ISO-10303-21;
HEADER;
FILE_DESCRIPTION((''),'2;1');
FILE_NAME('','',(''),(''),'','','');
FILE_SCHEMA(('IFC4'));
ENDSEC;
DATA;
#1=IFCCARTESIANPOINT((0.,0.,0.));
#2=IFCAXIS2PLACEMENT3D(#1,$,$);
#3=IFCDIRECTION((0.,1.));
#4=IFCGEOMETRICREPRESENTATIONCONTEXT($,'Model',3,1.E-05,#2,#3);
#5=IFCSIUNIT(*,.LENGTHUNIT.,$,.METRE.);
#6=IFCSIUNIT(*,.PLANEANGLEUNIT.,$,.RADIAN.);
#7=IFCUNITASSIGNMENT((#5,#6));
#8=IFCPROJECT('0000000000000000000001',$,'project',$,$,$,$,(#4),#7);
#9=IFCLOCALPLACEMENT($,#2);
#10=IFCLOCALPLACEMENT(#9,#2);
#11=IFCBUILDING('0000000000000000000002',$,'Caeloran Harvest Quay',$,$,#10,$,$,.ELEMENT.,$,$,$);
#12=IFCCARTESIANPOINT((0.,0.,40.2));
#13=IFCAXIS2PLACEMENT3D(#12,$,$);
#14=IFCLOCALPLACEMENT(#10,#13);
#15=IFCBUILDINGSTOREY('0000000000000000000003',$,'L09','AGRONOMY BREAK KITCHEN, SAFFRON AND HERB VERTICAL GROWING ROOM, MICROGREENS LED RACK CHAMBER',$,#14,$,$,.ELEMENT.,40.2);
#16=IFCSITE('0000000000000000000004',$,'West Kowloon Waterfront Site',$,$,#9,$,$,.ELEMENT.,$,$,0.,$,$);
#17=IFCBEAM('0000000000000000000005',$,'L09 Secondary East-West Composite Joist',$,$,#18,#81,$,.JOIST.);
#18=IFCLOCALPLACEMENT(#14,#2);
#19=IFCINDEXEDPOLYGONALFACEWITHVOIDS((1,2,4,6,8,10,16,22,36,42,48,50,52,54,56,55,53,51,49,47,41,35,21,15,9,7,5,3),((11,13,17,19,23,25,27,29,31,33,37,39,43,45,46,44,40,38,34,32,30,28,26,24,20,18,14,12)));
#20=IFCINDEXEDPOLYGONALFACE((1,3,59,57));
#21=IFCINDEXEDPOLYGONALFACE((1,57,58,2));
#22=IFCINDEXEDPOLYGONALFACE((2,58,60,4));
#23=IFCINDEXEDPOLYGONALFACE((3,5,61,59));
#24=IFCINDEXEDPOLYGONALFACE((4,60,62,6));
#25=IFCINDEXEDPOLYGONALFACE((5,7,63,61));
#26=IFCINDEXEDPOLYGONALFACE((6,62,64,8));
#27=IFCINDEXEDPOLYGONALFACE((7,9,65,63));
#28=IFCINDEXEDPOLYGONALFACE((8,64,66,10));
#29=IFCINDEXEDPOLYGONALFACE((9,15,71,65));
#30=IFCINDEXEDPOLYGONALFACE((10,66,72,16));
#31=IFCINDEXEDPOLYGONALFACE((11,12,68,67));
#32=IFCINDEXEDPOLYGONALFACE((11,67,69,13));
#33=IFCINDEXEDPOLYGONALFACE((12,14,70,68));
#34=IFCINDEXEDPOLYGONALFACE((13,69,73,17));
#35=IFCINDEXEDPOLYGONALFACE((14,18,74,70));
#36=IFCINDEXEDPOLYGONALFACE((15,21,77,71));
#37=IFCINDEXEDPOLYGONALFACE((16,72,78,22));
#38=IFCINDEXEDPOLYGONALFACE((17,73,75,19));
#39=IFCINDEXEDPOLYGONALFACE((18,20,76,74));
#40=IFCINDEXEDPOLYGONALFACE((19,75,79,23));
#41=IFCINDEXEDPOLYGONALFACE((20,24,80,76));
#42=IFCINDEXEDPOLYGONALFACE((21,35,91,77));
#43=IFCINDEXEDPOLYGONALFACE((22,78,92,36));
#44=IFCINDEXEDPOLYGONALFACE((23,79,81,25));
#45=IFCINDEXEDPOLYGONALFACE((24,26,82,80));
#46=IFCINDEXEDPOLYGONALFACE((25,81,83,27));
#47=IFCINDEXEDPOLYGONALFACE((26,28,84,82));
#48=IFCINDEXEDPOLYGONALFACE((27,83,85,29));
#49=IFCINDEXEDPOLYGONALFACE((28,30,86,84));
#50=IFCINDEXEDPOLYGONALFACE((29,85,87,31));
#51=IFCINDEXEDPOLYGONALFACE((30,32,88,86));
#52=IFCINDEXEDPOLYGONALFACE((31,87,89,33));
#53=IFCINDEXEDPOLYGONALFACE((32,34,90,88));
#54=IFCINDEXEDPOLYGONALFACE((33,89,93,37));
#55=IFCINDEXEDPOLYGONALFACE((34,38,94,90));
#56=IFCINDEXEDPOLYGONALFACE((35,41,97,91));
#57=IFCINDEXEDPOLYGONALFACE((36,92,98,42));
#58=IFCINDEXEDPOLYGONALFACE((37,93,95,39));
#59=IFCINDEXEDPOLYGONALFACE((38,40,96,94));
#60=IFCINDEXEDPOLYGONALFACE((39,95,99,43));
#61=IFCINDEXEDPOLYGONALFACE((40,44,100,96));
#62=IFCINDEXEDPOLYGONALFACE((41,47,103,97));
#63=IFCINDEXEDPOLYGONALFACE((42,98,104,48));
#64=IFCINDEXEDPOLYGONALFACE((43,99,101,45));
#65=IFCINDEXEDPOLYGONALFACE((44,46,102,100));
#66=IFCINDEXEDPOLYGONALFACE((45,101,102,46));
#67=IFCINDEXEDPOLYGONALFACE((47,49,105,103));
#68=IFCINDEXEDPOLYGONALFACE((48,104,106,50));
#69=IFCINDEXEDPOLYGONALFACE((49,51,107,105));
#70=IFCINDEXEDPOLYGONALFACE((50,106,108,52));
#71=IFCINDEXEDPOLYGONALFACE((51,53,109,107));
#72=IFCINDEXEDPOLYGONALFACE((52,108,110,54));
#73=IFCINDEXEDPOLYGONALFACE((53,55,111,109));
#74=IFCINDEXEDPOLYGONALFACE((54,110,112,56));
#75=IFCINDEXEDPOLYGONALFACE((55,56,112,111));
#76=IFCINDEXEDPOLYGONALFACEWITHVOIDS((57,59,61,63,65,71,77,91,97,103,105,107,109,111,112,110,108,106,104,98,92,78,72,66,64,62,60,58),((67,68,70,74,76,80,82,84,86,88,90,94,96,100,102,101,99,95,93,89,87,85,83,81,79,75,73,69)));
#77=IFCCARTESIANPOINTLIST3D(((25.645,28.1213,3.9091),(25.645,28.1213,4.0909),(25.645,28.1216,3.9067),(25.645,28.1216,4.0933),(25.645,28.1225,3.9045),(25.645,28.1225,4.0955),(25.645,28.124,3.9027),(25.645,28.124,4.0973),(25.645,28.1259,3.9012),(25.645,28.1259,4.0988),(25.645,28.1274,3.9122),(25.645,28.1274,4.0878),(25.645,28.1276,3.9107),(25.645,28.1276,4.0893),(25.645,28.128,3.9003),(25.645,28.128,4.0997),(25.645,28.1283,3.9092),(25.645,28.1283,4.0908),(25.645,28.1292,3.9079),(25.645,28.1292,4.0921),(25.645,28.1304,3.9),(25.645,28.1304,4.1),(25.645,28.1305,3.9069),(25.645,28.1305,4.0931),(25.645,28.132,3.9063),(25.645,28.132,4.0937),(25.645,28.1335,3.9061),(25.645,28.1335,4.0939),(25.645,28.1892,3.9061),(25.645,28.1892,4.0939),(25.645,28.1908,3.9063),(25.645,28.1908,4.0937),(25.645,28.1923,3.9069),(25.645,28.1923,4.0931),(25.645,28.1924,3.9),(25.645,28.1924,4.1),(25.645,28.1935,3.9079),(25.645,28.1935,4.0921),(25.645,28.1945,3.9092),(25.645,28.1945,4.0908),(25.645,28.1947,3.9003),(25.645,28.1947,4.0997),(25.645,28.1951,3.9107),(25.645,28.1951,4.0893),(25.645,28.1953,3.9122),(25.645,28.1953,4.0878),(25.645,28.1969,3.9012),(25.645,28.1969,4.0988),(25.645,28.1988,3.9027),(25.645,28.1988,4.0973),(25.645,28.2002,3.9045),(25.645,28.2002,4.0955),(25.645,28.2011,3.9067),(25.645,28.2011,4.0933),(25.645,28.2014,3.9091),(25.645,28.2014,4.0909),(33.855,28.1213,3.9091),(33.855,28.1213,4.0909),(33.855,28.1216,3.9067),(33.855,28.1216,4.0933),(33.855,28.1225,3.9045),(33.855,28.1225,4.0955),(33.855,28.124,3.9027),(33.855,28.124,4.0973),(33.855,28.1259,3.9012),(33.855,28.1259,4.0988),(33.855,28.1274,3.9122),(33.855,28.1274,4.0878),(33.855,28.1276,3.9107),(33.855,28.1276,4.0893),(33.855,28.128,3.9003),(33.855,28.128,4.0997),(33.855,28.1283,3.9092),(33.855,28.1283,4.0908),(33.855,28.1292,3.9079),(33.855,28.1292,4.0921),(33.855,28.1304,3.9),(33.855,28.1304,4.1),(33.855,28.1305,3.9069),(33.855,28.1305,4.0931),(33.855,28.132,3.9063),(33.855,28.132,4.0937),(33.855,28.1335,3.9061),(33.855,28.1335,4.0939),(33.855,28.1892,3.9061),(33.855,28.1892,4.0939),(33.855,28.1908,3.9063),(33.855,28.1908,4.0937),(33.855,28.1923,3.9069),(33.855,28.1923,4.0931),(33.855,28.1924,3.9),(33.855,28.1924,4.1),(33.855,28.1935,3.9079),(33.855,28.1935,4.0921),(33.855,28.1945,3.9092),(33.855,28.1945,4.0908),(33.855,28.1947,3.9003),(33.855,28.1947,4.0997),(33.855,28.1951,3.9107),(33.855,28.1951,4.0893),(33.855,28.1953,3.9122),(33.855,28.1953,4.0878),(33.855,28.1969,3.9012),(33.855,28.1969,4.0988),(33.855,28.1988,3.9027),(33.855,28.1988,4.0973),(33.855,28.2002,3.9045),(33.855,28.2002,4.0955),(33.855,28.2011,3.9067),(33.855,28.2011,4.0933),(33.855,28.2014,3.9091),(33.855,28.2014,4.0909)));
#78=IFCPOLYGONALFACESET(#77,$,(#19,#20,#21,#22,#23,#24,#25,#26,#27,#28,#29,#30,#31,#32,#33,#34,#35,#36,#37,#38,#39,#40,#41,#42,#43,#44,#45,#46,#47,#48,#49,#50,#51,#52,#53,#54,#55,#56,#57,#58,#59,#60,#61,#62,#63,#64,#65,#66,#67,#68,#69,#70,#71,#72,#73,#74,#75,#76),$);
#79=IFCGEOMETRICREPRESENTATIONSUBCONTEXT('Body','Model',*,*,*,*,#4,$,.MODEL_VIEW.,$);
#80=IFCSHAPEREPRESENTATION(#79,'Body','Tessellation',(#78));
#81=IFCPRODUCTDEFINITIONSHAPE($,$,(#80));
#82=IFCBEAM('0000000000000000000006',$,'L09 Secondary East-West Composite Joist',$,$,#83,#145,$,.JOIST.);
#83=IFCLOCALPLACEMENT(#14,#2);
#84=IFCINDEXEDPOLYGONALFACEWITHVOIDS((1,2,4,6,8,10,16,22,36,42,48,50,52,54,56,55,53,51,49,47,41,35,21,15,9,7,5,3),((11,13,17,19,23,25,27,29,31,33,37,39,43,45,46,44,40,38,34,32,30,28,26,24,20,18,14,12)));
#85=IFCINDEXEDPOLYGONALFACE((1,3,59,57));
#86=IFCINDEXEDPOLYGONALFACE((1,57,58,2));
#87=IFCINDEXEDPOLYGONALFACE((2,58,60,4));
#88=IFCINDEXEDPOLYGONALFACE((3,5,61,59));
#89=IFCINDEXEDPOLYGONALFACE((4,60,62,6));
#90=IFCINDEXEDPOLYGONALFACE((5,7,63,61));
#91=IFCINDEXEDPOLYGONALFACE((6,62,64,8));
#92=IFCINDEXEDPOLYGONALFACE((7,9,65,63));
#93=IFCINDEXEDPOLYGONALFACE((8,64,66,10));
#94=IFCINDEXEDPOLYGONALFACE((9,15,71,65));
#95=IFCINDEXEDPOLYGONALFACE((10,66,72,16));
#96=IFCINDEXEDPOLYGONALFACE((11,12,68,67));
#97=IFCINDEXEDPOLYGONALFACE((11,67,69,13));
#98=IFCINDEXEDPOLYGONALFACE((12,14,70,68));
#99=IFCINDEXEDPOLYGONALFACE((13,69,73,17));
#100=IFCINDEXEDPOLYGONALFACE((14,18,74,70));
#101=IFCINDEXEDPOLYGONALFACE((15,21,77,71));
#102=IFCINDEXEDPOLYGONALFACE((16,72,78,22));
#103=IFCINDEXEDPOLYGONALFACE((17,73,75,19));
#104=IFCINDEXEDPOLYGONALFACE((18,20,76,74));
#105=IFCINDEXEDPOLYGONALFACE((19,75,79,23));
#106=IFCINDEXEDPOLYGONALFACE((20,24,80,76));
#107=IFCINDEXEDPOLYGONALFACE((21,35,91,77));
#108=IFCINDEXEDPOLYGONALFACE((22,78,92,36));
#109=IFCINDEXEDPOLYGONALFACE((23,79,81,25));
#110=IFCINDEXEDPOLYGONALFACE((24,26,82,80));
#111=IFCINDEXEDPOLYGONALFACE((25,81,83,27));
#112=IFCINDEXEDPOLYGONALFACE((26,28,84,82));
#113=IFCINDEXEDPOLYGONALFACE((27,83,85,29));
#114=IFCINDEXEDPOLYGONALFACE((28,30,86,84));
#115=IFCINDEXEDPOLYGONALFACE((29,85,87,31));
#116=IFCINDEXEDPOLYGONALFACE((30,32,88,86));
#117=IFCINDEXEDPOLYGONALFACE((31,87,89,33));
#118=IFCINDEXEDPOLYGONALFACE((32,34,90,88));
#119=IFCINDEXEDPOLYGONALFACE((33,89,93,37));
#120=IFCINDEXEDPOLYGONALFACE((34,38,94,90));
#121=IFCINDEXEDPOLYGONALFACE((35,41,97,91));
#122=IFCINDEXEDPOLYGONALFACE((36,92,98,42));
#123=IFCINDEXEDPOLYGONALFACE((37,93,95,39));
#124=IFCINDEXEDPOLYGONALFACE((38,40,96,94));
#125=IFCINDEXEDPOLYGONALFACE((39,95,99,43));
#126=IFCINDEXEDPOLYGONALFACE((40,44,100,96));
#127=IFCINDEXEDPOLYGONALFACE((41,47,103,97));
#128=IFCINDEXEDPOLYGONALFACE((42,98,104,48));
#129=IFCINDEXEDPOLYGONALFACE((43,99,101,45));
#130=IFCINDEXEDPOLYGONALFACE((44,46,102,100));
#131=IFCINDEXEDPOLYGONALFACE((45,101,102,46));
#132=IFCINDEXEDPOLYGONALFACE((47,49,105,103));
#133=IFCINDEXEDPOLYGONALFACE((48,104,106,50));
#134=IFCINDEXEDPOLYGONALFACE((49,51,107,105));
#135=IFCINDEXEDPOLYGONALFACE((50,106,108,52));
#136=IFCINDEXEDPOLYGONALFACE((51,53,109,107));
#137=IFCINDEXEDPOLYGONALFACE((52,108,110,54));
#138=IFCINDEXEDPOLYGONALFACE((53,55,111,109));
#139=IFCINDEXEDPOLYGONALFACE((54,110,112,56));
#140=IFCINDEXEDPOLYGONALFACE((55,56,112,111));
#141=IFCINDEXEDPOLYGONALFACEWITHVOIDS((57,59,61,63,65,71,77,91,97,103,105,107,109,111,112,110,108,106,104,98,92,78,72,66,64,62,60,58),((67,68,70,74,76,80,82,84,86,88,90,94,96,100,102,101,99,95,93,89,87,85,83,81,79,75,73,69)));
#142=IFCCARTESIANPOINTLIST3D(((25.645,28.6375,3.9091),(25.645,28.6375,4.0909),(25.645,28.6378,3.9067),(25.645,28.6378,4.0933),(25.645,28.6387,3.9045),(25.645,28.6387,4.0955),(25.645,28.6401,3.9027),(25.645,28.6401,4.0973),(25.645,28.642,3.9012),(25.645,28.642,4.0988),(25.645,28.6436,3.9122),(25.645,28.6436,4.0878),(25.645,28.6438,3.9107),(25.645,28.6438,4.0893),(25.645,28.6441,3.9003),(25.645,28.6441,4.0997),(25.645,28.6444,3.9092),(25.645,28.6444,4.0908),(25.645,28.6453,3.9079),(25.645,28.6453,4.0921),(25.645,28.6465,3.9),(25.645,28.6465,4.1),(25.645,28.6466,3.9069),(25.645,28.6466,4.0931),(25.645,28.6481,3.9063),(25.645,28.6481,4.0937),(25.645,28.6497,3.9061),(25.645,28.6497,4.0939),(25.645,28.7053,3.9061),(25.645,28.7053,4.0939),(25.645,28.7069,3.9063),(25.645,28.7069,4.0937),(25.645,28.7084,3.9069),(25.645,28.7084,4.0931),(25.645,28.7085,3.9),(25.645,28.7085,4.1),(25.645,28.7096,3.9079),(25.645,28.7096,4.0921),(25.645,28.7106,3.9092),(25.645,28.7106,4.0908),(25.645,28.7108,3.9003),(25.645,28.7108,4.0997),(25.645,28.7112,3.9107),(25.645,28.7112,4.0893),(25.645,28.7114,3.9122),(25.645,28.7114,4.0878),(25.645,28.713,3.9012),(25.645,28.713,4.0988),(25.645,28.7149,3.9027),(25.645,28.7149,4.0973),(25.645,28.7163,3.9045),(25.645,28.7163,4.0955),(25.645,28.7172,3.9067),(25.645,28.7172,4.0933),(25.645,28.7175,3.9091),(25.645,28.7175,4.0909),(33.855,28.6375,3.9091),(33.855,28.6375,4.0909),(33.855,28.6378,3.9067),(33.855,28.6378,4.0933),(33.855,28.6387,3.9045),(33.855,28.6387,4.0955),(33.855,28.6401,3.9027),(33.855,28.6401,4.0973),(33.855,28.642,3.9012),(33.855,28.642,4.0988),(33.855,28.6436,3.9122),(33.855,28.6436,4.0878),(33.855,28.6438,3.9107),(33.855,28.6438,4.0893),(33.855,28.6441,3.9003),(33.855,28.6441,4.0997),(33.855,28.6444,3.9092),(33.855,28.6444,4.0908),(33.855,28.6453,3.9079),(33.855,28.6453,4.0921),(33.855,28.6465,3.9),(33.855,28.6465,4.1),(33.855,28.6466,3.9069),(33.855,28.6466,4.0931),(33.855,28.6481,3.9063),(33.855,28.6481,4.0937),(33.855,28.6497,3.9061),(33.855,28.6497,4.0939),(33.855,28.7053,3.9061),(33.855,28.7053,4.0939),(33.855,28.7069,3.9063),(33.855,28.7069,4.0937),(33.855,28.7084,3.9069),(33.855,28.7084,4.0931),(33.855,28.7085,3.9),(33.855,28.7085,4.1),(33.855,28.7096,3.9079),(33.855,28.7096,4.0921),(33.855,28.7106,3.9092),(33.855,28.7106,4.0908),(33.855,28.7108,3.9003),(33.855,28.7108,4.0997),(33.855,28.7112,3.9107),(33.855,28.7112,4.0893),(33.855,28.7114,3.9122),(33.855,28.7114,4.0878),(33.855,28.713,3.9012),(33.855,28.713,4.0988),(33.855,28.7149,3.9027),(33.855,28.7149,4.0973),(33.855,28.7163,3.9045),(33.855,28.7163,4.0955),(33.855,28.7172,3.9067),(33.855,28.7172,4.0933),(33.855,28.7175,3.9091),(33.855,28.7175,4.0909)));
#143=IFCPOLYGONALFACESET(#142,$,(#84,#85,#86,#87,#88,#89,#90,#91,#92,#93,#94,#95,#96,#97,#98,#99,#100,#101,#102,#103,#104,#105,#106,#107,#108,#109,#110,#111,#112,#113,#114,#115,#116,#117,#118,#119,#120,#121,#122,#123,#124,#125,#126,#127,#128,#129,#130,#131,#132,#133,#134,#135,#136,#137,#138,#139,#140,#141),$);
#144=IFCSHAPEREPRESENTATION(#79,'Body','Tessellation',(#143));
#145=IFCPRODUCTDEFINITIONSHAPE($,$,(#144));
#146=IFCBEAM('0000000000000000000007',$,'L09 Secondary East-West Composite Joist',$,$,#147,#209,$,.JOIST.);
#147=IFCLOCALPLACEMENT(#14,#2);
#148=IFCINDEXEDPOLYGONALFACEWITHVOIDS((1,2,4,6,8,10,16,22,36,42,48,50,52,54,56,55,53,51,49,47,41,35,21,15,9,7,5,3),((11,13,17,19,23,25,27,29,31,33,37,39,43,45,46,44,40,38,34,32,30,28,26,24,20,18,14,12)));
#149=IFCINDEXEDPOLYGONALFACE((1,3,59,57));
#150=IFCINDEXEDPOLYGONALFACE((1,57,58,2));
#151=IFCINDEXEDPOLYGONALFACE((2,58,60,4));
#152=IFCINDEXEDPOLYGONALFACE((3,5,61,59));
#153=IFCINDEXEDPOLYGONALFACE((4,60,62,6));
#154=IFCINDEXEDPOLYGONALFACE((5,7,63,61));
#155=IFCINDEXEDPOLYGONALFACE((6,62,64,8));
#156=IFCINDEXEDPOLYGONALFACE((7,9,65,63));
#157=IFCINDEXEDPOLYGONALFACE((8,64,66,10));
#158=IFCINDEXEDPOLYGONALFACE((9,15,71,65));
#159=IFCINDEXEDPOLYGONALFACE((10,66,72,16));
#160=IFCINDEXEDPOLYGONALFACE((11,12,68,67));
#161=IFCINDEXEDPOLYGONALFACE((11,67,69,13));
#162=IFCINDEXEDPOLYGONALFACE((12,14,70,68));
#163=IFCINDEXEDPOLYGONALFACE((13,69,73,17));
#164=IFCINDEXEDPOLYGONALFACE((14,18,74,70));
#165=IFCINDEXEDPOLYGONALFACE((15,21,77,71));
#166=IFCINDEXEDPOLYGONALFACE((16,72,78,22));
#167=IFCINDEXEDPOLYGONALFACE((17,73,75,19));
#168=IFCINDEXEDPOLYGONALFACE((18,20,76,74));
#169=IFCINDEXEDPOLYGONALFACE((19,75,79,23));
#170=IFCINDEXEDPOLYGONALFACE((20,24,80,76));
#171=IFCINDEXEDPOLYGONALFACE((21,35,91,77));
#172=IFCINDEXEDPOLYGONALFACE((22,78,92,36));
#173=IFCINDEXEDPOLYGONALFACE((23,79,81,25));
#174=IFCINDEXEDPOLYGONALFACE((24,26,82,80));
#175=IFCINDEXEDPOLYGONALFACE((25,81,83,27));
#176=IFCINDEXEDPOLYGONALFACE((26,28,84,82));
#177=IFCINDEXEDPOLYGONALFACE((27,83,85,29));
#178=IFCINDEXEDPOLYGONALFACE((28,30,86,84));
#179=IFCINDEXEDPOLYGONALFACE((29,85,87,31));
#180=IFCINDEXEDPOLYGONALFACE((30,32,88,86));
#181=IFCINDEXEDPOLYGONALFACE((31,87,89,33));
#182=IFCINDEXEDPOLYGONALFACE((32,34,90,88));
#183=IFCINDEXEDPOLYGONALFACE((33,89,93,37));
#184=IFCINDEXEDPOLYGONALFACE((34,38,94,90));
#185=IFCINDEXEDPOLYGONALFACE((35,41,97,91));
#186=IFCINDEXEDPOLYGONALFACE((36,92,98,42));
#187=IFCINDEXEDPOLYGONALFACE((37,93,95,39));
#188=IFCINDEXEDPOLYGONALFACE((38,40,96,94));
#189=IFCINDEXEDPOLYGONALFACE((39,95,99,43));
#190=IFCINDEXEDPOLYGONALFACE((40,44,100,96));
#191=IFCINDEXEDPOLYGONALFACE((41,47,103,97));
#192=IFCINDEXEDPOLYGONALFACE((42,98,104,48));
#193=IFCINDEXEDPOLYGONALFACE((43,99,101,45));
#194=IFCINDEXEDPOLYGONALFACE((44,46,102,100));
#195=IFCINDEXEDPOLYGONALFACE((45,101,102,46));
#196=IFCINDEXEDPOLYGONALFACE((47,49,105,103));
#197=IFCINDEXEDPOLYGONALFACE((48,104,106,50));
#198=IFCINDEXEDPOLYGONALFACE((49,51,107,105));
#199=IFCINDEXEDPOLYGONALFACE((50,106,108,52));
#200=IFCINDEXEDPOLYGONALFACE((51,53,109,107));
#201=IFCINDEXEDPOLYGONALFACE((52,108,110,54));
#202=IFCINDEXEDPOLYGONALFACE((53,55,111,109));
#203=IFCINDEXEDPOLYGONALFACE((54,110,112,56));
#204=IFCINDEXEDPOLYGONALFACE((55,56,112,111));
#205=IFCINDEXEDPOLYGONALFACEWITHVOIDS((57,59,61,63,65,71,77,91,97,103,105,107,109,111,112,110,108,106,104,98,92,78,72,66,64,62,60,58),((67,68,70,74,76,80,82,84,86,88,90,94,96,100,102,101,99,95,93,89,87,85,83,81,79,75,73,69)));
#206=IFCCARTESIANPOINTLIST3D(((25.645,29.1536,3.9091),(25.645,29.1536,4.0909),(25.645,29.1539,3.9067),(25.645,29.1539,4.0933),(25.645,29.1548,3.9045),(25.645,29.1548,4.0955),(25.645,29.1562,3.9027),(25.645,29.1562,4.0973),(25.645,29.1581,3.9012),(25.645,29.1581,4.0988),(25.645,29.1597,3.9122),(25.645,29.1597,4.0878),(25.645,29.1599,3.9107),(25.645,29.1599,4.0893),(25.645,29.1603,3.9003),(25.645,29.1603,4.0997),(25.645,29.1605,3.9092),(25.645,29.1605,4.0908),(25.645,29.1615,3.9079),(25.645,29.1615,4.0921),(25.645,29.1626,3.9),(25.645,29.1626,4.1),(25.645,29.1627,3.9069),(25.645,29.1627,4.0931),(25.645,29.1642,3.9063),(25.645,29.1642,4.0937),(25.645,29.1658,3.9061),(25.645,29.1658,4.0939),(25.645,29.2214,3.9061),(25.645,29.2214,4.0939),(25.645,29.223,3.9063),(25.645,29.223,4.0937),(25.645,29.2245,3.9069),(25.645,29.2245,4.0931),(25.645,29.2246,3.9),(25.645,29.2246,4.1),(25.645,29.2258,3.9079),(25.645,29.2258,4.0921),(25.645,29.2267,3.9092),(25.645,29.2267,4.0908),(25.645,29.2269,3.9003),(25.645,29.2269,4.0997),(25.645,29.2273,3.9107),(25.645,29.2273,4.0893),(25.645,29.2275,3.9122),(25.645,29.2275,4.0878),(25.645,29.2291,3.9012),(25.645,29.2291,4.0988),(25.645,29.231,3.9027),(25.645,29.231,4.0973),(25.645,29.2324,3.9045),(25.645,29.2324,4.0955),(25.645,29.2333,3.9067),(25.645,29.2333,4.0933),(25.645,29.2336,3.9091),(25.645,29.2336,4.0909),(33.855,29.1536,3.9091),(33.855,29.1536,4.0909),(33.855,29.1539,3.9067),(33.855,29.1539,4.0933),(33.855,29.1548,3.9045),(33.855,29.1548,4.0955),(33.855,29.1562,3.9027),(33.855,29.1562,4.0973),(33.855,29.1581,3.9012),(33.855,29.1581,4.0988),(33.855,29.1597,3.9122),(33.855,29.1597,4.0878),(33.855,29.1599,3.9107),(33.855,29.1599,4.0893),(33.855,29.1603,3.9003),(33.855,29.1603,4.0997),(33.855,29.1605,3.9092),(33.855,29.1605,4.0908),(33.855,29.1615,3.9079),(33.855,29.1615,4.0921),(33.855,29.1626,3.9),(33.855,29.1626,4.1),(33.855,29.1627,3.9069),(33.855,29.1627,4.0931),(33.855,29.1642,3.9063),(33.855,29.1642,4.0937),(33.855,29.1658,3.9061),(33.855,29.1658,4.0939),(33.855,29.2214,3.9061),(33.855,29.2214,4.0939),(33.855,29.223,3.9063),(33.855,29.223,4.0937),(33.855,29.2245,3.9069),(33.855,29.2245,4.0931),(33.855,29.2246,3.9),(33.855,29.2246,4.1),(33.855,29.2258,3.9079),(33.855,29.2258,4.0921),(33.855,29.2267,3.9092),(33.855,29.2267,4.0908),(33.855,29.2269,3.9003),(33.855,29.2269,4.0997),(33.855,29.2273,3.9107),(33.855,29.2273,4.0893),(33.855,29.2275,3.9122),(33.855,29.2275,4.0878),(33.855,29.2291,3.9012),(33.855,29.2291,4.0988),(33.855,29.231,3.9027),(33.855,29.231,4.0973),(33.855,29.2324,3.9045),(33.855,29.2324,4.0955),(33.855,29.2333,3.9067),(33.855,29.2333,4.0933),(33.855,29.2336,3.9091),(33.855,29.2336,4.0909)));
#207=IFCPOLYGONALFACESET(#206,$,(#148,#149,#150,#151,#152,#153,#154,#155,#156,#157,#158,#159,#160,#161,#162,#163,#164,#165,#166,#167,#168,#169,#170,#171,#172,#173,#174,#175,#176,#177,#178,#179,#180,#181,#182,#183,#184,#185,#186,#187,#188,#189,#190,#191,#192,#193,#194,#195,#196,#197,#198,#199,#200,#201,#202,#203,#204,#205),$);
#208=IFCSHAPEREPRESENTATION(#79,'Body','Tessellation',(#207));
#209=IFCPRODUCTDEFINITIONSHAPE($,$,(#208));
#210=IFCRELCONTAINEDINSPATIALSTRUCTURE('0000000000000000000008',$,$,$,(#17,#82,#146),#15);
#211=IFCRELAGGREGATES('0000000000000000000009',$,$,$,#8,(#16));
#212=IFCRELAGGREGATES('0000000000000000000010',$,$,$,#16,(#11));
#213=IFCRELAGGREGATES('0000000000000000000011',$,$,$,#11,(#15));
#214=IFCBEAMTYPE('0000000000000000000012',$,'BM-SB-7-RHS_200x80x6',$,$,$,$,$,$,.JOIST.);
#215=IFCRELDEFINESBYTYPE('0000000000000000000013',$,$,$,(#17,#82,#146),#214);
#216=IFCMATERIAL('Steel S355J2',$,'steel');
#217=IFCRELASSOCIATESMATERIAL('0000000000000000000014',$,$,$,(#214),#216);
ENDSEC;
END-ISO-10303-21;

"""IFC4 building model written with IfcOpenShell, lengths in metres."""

from ifc_helpers import new_model, si_unit, direction, frame, origin, origin_2d, place, context, subcontext, project, spatial, hollow_rectangle, extrude, material, material_profile, profile_set, type_object, element, save


model = new_model("IFC4")

# Units and contexts
model_context = context("Model", 3, precision=1e-05, world=origin(), true_north=direction((0.0, 1.0)))
body_context = subcontext(model_context, "Body", "Model", "MODEL_VIEW")
ifc_project = project(units=[si_unit("LENGTHUNIT", "METRE"), si_unit("PLANEANGLEUNIT", "RADIAN")], contexts=[model_context])

# Site, building, storey
site_placement = place(None, origin())
site = spatial("IfcSite", under=ifc_project, at=site_placement, Name="West Kowloon Waterfront Site", CompositionType="ELEMENT", RefElevation=0.0)
building_placement = place(site_placement, origin())
building = spatial("IfcBuilding", under=site, at=building_placement, Name="Caeloran Harvest Quay", CompositionType="ELEMENT")
storey_placement = place(building_placement, frame((0.0, 0.0, 40.2)))
storey = spatial("IfcBuildingStorey", under=building, at=storey_placement, Name="L09", Description="AGRONOMY BREAK KITCHEN, SAFFRON AND HERB VERTICAL GROWING ROOM, MICROGREENS LED RACK CHAMBER", CompositionType="ELEMENT", Elevation=40.2)

# Beams
ifc_material_1 = material(Name="Steel S355J2", Category="steel")
ifc_material_profile_1 = material_profile(ifc_material_1, hollow_rectangle(XDim=0.0801, YDim=0.2, WallThickness=0.0061, InnerFilletRadius=0.0061, OuterFilletRadius=0.009, at=origin_2d()), Name="RHS 200x80x6")
ifc_profile_set_1 = profile_set([ifc_material_profile_1], Name="Steel S355J2")
beam_type_1 = type_object("IfcBeamType", Name="BM-SB-7-RHS_200x80x6", PredefinedType="JOIST", material=ifc_profile_set_1)
for number, where, z_axis, x_axis, name in (
    (1, (25.645, 28.1614, 4.0), (1.0, 0.0, 0.0), (0.0, 1.0, 0.0), "L09 Secondary East-West Composite Joist"),
    (2, (25.645, 28.6775, 4.0), (1.0, 0.0, 0.0), (0.0, 1.0, 0.0), "L09 Secondary East-West Composite Joist"),
    (3, (25.645, 29.1936, 4.0), (1.0, 0.0, 0.0), (0.0, 1.0, 0.0), "L09 Secondary East-West Composite Joist"),
):
    element("IfcBeam", number, at=place(storey_placement, frame(where, z_axis=z_axis, x_axis=x_axis)), inside=storey, type_object=beam_type_1, Name=name, PredefinedType="JOIST", context=body_context, shape_type="SweptSolid", body=[
        extrude(hollow_rectangle(XDim=0.0801, YDim=0.2, WallThickness=0.0061, InnerFilletRadius=0.0061, OuterFilletRadius=0.009, at=origin_2d()), origin(), (0.0, 0.0, 1.0), 8.21),
    ])

save(model, "model.ifc")
